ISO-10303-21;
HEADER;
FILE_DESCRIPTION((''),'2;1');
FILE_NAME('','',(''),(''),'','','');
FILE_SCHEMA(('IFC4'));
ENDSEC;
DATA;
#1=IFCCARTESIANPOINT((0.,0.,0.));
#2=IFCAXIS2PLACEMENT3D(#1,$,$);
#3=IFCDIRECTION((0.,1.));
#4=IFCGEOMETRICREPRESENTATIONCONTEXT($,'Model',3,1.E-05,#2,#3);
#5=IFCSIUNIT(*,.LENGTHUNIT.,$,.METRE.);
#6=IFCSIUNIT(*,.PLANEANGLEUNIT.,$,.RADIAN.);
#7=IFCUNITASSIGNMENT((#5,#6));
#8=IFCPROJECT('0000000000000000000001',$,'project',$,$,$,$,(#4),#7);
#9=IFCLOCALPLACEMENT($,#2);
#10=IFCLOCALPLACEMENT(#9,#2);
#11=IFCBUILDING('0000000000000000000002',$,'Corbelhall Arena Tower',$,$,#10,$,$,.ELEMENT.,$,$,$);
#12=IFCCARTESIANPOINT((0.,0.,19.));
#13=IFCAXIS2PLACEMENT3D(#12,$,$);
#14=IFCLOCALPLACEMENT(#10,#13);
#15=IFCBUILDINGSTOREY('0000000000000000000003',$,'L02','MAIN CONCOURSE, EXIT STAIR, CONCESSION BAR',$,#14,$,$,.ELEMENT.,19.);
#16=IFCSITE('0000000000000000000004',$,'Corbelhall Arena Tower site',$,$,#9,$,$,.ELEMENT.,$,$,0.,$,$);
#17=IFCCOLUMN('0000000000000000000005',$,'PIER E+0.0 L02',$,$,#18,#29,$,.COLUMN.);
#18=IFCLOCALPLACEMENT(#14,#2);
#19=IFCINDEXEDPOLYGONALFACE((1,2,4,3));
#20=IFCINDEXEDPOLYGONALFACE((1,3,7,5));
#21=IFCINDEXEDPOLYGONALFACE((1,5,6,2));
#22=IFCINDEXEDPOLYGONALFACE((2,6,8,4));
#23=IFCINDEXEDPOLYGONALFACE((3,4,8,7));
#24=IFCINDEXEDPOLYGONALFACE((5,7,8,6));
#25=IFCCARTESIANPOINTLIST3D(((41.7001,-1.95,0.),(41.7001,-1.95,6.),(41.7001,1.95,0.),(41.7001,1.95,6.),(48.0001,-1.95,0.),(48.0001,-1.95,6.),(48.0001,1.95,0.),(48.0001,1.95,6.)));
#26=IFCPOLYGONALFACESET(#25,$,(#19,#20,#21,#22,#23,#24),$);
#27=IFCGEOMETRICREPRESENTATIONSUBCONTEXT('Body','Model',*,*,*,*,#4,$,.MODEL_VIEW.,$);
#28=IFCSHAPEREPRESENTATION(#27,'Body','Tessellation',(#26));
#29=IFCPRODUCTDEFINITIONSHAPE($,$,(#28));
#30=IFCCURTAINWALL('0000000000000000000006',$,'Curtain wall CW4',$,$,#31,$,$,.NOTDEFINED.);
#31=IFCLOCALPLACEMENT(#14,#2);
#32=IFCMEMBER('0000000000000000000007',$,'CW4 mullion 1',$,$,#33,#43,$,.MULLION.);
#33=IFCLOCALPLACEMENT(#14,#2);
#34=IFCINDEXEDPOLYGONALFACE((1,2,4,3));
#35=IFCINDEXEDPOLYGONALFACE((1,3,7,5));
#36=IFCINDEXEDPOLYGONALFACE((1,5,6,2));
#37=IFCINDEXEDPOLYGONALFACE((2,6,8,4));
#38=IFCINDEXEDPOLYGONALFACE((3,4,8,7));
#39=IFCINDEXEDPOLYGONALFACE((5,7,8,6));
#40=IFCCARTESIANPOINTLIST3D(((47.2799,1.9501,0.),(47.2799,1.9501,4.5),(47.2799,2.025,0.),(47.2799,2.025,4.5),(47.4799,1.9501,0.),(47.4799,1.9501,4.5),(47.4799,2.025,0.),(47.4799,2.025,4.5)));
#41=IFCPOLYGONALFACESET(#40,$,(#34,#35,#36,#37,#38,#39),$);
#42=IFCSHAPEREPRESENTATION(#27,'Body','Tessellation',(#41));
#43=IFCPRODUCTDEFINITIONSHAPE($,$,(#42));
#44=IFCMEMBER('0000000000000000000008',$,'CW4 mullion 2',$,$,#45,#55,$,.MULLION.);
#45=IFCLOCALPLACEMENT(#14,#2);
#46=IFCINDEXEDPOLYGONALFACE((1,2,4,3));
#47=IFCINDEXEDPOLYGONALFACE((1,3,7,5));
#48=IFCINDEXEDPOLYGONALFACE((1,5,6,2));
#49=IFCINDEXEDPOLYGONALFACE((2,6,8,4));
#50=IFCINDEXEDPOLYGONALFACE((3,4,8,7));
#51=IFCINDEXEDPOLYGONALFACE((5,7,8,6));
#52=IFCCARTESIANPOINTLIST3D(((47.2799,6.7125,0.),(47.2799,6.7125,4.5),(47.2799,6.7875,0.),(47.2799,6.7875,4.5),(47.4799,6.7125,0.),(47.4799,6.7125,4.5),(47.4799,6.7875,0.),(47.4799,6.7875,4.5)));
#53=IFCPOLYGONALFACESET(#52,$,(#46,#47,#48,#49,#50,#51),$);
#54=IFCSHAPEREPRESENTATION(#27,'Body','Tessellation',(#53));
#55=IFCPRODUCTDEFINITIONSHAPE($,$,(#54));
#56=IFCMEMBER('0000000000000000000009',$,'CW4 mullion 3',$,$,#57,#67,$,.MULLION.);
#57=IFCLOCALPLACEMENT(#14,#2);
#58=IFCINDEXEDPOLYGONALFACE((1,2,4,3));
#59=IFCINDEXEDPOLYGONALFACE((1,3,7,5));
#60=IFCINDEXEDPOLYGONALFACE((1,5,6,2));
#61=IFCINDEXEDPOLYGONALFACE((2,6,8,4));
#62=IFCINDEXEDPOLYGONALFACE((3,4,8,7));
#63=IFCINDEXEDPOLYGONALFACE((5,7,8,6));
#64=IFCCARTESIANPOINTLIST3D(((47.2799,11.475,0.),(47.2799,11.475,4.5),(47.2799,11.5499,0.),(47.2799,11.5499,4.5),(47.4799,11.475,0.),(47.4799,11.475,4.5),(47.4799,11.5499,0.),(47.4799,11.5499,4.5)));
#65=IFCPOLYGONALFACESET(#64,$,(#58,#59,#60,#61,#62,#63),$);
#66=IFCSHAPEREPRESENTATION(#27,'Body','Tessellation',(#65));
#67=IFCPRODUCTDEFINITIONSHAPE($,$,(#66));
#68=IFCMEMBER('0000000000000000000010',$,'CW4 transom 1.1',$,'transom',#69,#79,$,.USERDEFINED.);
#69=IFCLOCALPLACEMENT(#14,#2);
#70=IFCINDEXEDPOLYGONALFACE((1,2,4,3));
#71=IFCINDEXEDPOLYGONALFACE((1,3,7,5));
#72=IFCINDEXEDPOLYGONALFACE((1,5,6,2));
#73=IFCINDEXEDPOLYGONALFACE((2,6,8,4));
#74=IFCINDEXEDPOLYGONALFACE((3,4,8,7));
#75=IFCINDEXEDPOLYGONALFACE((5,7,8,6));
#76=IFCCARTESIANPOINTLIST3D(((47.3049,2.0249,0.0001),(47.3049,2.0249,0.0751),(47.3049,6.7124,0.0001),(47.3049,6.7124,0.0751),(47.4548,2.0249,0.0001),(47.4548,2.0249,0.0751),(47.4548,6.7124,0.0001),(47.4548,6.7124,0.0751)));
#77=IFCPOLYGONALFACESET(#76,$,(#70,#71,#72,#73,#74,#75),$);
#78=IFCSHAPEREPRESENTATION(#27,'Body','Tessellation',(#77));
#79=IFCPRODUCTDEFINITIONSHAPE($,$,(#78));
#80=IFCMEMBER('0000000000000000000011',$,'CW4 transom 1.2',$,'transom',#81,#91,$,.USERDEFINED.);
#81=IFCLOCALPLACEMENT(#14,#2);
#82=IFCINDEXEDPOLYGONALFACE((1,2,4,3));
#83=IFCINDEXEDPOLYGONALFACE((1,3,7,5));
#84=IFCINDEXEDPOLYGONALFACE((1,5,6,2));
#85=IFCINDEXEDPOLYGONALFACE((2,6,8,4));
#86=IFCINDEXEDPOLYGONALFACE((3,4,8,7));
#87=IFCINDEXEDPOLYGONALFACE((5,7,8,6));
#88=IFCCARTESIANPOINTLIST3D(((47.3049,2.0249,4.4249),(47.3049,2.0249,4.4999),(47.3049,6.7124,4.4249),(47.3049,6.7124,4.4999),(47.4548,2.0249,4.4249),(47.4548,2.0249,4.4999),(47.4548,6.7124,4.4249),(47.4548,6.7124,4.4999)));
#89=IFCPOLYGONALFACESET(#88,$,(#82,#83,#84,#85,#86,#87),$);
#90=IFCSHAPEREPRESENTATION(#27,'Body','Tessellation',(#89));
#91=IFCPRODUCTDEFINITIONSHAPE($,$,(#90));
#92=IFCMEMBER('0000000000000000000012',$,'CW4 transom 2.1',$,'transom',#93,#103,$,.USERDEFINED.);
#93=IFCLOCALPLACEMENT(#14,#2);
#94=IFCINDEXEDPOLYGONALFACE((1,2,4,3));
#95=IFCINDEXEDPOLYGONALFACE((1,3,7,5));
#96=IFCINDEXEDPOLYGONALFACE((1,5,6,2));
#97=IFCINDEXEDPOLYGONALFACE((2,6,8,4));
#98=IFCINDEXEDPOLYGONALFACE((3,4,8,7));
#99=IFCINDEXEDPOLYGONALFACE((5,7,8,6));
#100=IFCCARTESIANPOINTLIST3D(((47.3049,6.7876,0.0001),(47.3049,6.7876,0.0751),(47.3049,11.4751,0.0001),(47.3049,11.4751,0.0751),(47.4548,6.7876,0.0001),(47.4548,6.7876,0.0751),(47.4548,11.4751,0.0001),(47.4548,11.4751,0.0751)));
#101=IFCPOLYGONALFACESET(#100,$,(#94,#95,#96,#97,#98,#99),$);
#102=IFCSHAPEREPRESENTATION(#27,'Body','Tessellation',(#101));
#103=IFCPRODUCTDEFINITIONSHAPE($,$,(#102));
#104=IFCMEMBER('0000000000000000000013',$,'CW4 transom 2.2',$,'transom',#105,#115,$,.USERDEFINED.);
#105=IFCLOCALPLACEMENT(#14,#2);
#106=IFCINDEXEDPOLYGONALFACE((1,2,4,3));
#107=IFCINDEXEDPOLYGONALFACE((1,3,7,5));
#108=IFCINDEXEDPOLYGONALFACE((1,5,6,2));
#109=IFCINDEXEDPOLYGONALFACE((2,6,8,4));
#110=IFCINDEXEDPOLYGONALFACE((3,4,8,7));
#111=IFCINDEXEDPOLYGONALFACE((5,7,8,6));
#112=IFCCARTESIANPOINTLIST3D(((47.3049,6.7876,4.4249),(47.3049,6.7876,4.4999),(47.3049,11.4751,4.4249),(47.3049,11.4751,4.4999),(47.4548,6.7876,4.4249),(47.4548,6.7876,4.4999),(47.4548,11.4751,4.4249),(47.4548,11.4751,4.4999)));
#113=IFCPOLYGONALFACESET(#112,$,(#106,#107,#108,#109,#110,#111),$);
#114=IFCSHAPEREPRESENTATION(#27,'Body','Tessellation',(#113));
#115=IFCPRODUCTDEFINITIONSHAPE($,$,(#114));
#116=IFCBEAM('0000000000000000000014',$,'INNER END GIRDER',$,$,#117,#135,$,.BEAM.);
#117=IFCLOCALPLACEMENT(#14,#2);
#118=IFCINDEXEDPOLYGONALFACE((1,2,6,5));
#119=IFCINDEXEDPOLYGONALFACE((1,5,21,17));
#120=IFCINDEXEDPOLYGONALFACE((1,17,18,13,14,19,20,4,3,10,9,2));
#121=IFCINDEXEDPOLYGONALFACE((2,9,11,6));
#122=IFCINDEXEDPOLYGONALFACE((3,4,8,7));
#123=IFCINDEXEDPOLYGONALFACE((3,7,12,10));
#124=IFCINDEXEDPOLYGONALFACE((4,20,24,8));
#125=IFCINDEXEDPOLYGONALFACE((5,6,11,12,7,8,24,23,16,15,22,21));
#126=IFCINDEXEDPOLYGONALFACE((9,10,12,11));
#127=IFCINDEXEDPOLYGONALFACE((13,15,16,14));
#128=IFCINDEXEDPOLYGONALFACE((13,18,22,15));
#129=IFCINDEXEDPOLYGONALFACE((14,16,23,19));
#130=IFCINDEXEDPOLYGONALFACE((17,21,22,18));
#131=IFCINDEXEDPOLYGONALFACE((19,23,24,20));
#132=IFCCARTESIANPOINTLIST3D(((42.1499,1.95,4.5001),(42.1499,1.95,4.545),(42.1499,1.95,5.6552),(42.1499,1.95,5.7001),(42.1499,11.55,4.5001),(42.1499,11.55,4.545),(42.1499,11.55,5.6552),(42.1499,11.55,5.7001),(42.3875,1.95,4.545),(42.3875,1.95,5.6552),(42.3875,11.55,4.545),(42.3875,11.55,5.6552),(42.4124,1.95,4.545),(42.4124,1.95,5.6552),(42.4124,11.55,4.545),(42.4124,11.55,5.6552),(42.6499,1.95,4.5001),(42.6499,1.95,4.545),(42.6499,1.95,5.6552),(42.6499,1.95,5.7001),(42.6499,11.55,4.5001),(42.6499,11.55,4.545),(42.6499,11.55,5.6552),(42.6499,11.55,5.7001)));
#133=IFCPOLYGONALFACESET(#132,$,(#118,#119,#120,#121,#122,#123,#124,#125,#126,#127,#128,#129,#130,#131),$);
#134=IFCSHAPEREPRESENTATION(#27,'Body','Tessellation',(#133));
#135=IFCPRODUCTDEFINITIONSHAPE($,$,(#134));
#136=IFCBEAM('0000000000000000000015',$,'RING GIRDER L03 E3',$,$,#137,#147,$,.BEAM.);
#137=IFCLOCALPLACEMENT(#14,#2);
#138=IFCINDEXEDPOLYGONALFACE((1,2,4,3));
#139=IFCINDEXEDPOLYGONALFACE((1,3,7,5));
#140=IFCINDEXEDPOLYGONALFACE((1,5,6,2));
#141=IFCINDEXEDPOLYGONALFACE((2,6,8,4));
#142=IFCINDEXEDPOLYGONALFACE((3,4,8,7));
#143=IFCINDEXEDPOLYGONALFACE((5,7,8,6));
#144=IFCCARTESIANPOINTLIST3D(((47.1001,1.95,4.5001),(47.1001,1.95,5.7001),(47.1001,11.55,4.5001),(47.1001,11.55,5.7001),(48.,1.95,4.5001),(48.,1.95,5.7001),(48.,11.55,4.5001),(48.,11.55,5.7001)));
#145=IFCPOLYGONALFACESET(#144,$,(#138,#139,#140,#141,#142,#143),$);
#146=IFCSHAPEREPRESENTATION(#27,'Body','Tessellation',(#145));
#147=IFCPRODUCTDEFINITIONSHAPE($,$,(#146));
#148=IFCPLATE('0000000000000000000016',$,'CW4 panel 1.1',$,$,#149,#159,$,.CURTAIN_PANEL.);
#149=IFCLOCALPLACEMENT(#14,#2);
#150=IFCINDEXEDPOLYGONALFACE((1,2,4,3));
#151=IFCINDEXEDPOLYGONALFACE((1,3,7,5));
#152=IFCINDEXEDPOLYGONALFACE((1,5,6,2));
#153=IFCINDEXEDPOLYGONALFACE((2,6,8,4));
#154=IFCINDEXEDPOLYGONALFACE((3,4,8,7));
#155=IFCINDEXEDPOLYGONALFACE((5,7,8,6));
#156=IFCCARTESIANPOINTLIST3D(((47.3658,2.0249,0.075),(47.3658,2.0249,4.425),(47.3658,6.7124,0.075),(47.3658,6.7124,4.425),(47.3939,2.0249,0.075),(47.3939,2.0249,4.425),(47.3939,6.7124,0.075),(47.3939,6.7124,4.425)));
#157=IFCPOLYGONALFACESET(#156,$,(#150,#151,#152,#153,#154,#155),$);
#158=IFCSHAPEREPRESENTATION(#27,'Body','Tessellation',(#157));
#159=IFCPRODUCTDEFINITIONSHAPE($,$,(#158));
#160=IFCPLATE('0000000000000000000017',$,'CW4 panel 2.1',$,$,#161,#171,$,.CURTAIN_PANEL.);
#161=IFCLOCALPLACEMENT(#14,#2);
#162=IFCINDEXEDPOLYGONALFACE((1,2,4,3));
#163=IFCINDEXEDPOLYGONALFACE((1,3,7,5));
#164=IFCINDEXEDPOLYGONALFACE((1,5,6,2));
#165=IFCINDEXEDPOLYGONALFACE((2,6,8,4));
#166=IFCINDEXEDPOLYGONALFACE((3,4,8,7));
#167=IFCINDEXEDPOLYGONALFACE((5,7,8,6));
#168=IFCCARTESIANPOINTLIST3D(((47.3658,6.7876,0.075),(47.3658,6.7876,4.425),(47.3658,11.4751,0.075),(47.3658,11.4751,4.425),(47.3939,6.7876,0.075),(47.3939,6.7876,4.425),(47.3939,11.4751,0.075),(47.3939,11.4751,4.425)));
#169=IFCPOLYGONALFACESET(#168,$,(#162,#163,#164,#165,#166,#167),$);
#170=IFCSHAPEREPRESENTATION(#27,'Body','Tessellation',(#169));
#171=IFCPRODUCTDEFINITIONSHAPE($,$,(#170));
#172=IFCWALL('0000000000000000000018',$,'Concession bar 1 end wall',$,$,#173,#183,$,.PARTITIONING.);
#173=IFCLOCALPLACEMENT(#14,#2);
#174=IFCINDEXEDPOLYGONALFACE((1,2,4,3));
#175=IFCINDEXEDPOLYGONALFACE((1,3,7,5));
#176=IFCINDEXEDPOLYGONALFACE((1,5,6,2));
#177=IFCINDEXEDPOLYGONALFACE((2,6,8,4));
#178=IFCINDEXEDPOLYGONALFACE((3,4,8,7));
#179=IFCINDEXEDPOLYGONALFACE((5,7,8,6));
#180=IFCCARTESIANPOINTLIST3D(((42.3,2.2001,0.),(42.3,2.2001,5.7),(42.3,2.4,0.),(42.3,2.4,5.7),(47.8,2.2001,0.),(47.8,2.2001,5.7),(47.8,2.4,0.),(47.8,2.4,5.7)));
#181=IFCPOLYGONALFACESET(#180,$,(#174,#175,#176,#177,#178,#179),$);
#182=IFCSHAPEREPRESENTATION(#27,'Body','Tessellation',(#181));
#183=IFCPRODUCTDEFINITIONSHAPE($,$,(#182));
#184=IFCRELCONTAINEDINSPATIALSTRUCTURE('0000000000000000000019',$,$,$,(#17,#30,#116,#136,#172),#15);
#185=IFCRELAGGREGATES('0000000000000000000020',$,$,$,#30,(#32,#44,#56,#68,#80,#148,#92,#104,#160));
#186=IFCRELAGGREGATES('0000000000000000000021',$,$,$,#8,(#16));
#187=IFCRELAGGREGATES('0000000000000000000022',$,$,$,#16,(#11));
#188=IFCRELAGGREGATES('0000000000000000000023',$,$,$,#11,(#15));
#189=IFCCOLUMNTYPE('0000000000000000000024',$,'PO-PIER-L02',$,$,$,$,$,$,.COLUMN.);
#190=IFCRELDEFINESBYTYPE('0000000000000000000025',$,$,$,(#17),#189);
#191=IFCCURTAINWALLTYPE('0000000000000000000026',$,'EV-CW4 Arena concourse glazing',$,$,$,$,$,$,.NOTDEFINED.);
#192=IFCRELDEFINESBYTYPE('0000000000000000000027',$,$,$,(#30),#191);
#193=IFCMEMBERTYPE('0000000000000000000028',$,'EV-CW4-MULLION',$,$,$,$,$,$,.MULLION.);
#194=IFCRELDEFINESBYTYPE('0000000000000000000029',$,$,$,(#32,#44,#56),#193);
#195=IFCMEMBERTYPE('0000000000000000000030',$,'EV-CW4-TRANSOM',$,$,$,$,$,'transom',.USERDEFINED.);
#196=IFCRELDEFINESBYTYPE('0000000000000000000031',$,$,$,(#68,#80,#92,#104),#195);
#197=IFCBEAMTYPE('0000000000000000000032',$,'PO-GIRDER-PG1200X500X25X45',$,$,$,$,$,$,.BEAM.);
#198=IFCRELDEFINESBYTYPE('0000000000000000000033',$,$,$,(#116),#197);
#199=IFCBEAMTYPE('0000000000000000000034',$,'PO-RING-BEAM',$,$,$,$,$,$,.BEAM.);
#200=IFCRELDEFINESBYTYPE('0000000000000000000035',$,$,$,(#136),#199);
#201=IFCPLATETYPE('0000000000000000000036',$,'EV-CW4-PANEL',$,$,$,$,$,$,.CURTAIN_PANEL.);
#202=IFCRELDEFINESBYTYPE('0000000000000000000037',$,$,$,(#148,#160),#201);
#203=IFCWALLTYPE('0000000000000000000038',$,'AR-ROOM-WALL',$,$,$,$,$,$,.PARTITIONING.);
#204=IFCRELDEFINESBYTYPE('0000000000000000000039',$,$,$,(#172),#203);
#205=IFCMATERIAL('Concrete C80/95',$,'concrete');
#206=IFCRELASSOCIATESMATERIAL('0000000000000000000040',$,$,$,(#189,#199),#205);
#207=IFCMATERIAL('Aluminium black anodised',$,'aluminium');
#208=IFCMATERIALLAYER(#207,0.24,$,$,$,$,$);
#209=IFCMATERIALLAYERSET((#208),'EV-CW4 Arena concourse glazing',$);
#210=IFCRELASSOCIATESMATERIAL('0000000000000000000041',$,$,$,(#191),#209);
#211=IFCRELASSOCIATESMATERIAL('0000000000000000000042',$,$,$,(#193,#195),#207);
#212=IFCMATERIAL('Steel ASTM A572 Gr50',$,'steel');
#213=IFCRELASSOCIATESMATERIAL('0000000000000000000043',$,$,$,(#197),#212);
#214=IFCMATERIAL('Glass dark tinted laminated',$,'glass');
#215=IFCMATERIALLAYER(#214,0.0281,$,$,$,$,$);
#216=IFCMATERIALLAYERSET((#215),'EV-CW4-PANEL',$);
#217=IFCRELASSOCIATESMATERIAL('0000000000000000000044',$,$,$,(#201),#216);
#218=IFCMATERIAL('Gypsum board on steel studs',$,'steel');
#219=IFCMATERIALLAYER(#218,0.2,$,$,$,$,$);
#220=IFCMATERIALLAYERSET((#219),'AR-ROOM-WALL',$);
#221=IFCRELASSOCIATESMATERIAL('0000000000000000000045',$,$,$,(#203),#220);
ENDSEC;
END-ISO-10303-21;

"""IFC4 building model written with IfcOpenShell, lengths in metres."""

from ifc_helpers import new_model, si_unit, direction, frame, frame_2d, origin, origin_2d, place, context, subcontext, project, spatial, rectangle, i_section, extrude, material, layer, layer_set, material_profile, profile_set, type_object, element, aggregate, save


model = new_model("IFC4")

# Units and contexts
model_context = context("Model", 3, precision=1e-05, world=origin(), true_north=direction((0.0, 1.0)))
body_context = subcontext(model_context, "Body", "Model", "MODEL_VIEW")
ifc_project = project(units=[si_unit("LENGTHUNIT", "METRE"), si_unit("PLANEANGLEUNIT", "RADIAN")], contexts=[model_context])

# Site, building, storey
site_placement = place(None, origin())
site = spatial("IfcSite", under=ifc_project, at=site_placement, Name="Corbelhall Arena Tower site", CompositionType="ELEMENT", RefElevation=0.0)
building_placement = place(site_placement, origin())
building = spatial("IfcBuilding", under=site, at=building_placement, Name="Corbelhall Arena Tower", CompositionType="ELEMENT")
storey_placement = place(building_placement, frame((0.0, 0.0, 19.0)))
storey = spatial("IfcBuildingStorey", under=building, at=storey_placement, Name="L02", Description="MAIN CONCOURSE, EXIT STAIR, CONCESSION BAR", CompositionType="ELEMENT", Elevation=19.0)

# Column
ifc_material_1 = material(Name="Concrete C80/95", Category="concrete")
ifc_material_profile_1 = material_profile(ifc_material_1, rectangle(XDim=3.8999, YDim=6.3, at=origin_2d()))
ifc_profile_set_1 = profile_set([ifc_material_profile_1], Name="Concrete C80/95")
column_type = type_object("IfcColumnType", Name="PO-PIER-L02", PredefinedType="COLUMN", material=ifc_profile_set_1)
column_placement = place(storey_placement, frame((44.8501, 0.0, 0.0), z_axis=(0.0, 0.0, 1.0), x_axis=(0.0, 1.0, 0.0)))
element("IfcColumn", 1, at=column_placement, inside=storey, type_object=column_type, Name="PIER E+0.0 L02", PredefinedType="COLUMN", context=body_context, shape_type="SweptSolid", body=[
    extrude(rectangle(XDim=3.8999, YDim=6.3, at=origin_2d()), origin(), (0.0, 0.0, 1.0), 6.0),
])

# Curtain wall, members
ifc_material_2 = material(Name="Aluminium black anodised", Category="aluminium")
ifc_layer_1 = layer(ifc_material_2, 0.24)
ifc_layer_set_1 = layer_set([ifc_layer_1], Name="EV-CW4 Arena concourse glazing")
curtain_wall_type = type_object("IfcCurtainWallType", Name="EV-CW4 Arena concourse glazing", PredefinedType="NOTDEFINED", material=ifc_layer_set_1)
curtain_wall_placement = place(storey_placement, origin())
curtain_wall = element("IfcCurtainWall", 2, at=curtain_wall_placement, inside=storey, type_object=curtain_wall_type, Name="Curtain wall CW4", PredefinedType="NOTDEFINED")
ifc_material_profile_2 = material_profile(ifc_material_2, rectangle(XDim=0.2, YDim=0.075, at=origin_2d()))
ifc_profile_set_2 = profile_set([ifc_material_profile_2], Name="Aluminium black anodised")
member_type_1 = type_object("IfcMemberType", Name="EV-CW4-MULLION", PredefinedType="MULLION", material=ifc_profile_set_2)
member_1_placement = place(storey_placement, frame((47.3799, 1.9875, 0.0), z_axis=(0.0, 0.0, 1.0), x_axis=(-1.0, 0.0, 0.0)))
member_1 = element("IfcMember", 3, at=member_1_placement, type_object=member_type_1, Name="CW4 mullion 1", PredefinedType="MULLION", context=body_context, shape_type="SweptSolid", body=[
    extrude(rectangle(XDim=0.2, YDim=0.075, at=origin_2d()), origin(), (0.0, 0.0, 1.0), 4.5),
])
member_2_placement = place(storey_placement, frame((47.3799, 6.75, 0.0), z_axis=(0.0, 0.0, 1.0), x_axis=(-1.0, 0.0, 0.0)))
member_2 = element("IfcMember", 4, at=member_2_placement, type_object=member_type_1, Name="CW4 mullion 2", PredefinedType="MULLION", context=body_context, shape_type="SweptSolid", body=[
    extrude(rectangle(XDim=0.2, YDim=0.075, at=origin_2d()), origin(), (0.0, 0.0, 1.0), 4.5),
])
member_3_placement = place(storey_placement, frame((47.3799, 11.5125, 0.0), z_axis=(0.0, 0.0, 1.0), x_axis=(-1.0, 0.0, 0.0)))
member_3 = element("IfcMember", 5, at=member_3_placement, type_object=member_type_1, Name="CW4 mullion 3", PredefinedType="MULLION", context=body_context, shape_type="SweptSolid", body=[
    extrude(rectangle(XDim=0.2, YDim=0.075, at=origin_2d()), origin(), (0.0, 0.0, 1.0), 4.5),
])
ifc_material_profile_3 = material_profile(ifc_material_2, rectangle(XDim=0.1499, YDim=0.075, at=origin_2d()))
ifc_profile_set_3 = profile_set([ifc_material_profile_3], Name="Aluminium black anodised")
member_type_2 = type_object("IfcMemberType", Name="EV-CW4-TRANSOM", ElementType="transom", PredefinedType="USERDEFINED", material=ifc_profile_set_3)
member_4_placement = place(storey_placement, frame((47.3799, 2.0249, 0.0376), z_axis=(0.0, 1.0, 0.0), x_axis=(-1.0, 0.0, 0.0)))
member_4 = element("IfcMember", 6, at=member_4_placement, type_object=member_type_2, Name="CW4 transom 1.1", ObjectType="transom", PredefinedType="USERDEFINED", context=body_context, shape_type="SweptSolid", body=[
    extrude(rectangle(XDim=0.1499, YDim=0.075, at=origin_2d()), origin(), (0.0, 0.0, 1.0), 4.6875),
])
member_5_placement = place(storey_placement, frame((47.3799, 2.0249, 4.4624), z_axis=(0.0, 1.0, 0.0), x_axis=(-1.0, 0.0, 0.0)))
member_5 = element("IfcMember", 7, at=member_5_placement, type_object=member_type_2, Name="CW4 transom 1.2", ObjectType="transom", PredefinedType="USERDEFINED", context=body_context, shape_type="SweptSolid", body=[
    extrude(rectangle(XDim=0.1499, YDim=0.075, at=origin_2d()), origin(), (0.0, 0.0, 1.0), 4.6875),
])
member_6_placement = place(storey_placement, frame((47.3799, 6.7876, 0.0376), z_axis=(0.0, 1.0, 0.0), x_axis=(-1.0, 0.0, 0.0)))
member_6 = element("IfcMember", 8, at=member_6_placement, type_object=member_type_2, Name="CW4 transom 2.1", ObjectType="transom", PredefinedType="USERDEFINED", context=body_context, shape_type="SweptSolid", body=[
    extrude(rectangle(XDim=0.1499, YDim=0.075, at=origin_2d()), origin(), (0.0, 0.0, 1.0), 4.6875),
])
member_7_placement = place(storey_placement, frame((47.3799, 6.7876, 4.4624), z_axis=(0.0, 1.0, 0.0), x_axis=(-1.0, 0.0, 0.0)))
member_7 = element("IfcMember", 9, at=member_7_placement, type_object=member_type_2, Name="CW4 transom 2.2", ObjectType="transom", PredefinedType="USERDEFINED", context=body_context, shape_type="SweptSolid", body=[
    extrude(rectangle(XDim=0.1499, YDim=0.075, at=origin_2d()), origin(), (0.0, 0.0, 1.0), 4.6875),
])

# Beams
ifc_material_3 = material(Name="Steel ASTM A572 Gr50", Category="steel")
ifc_material_profile_4 = material_profile(ifc_material_3, i_section(OverallWidth=0.5, OverallDepth=1.2, WebThickness=0.0249, FlangeThickness=0.0449, at=origin_2d()))
ifc_profile_set_4 = profile_set([ifc_material_profile_4], Name="Steel ASTM A572 Gr50")
beam_type_1 = type_object("IfcBeamType", Name="PO-GIRDER-PG1200X500X25X45", PredefinedType="BEAM", material=ifc_profile_set_4)
beam_1_placement = place(storey_placement, frame((42.3999, 1.95, 5.1001), z_axis=(0.0, 1.0, 0.0), x_axis=(-1.0, 0.0, 0.0)))
element("IfcBeam", 10, at=beam_1_placement, inside=storey, type_object=beam_type_1, Name="INNER END GIRDER", PredefinedType="BEAM", context=body_context, shape_type="SweptSolid", body=[
    extrude(i_section(OverallWidth=0.5, OverallDepth=1.2, WebThickness=0.0249, FlangeThickness=0.0449, at=origin_2d()), origin(), (0.0, 0.0, 1.0), 9.6001),
])
ifc_material_profile_5 = material_profile(ifc_material_1, rectangle(XDim=0.8999, YDim=1.2, at=origin_2d()))
ifc_profile_set_5 = profile_set([ifc_material_profile_5], Name="Concrete C80/95")
beam_type_2 = type_object("IfcBeamType", Name="PO-RING-BEAM", PredefinedType="BEAM", material=ifc_profile_set_5)
beam_2_placement = place(storey_placement, frame((47.55, 1.95, 5.1001), z_axis=(0.0, 1.0, 0.0), x_axis=(-1.0, 0.0, 0.0)))
element("IfcBeam", 11, at=beam_2_placement, inside=storey, type_object=beam_type_2, Name="RING GIRDER L03 E3", PredefinedType="BEAM", context=body_context, shape_type="SweptSolid", body=[
    extrude(rectangle(XDim=0.8999, YDim=1.2, at=origin_2d()), origin(), (0.0, 0.0, 1.0), 9.6001),
])

# Plates
ifc_material_4 = material(Name="Glass dark tinted laminated", Category="glass")
ifc_layer_2 = layer(ifc_material_4, 0.0281)
ifc_layer_set_2 = layer_set([ifc_layer_2], Name="EV-CW4-PANEL")
plate_type = type_object("IfcPlateType", Name="EV-CW4-PANEL", PredefinedType="CURTAIN_PANEL", material=ifc_layer_set_2)
plate_1_placement = place(storey_placement, frame((47.3799, 4.3687, 0.075), z_axis=(0.0, 0.0, 1.0), x_axis=(0.0, 1.0, 0.0)))
plate_1 = element("IfcPlate", 12, at=plate_1_placement, type_object=plate_type, Name="CW4 panel 1.1", PredefinedType="CURTAIN_PANEL", context=body_context, shape_type="SweptSolid", body=[
    extrude(rectangle(XDim=4.6875, YDim=0.0281, at=origin_2d()), origin(), (0.0, 0.0, 1.0), 4.3501),
])
plate_2_placement = place(storey_placement, frame((47.3799, 9.1313, 0.075), z_axis=(0.0, 0.0, 1.0), x_axis=(0.0, 1.0, 0.0)))
plate_2 = element("IfcPlate", 13, at=plate_2_placement, type_object=plate_type, Name="CW4 panel 2.1", PredefinedType="CURTAIN_PANEL", context=body_context, shape_type="SweptSolid", body=[
    extrude(rectangle(XDim=4.6875, YDim=0.0281, at=origin_2d()), origin(), (0.0, 0.0, 1.0), 4.3501),
])
aggregate(curtain_wall, [member_1, member_2, member_3, member_4, member_5, plate_1, member_6, member_7, plate_2])

# Wall
ifc_material_5 = material(Name="Gypsum board on steel studs", Category="steel")
ifc_layer_3 = layer(ifc_material_5, 0.2)
ifc_layer_set_3 = layer_set([ifc_layer_3], Name="AR-ROOM-WALL")
wall_type_1 = type_object("IfcWallType", Name="AR-ROOM-WALL", PredefinedType="PARTITIONING", material=ifc_layer_set_3)
for number, where, z_axis, x_axis, name in (
    (14, (42.3, 2.3, 0.0), (0.0, 0.0, 1.0), (1.0, 0.0, 0.0), "Concession bar 1 end wall"),
):
    element("IfcWall", number, at=place(storey_placement, frame(where, z_axis=z_axis, x_axis=x_axis)), inside=storey, type_object=wall_type_1, Name=name, PredefinedType="PARTITIONING", context=body_context, shape_type="SweptSolid", body=[
        extrude(rectangle(XDim=5.5, YDim=0.2, at=frame_2d((2.75, 0.0))), origin(), (0.0, 0.0, 1.0), 5.7),
    ])

save(model, "model.ifc")
